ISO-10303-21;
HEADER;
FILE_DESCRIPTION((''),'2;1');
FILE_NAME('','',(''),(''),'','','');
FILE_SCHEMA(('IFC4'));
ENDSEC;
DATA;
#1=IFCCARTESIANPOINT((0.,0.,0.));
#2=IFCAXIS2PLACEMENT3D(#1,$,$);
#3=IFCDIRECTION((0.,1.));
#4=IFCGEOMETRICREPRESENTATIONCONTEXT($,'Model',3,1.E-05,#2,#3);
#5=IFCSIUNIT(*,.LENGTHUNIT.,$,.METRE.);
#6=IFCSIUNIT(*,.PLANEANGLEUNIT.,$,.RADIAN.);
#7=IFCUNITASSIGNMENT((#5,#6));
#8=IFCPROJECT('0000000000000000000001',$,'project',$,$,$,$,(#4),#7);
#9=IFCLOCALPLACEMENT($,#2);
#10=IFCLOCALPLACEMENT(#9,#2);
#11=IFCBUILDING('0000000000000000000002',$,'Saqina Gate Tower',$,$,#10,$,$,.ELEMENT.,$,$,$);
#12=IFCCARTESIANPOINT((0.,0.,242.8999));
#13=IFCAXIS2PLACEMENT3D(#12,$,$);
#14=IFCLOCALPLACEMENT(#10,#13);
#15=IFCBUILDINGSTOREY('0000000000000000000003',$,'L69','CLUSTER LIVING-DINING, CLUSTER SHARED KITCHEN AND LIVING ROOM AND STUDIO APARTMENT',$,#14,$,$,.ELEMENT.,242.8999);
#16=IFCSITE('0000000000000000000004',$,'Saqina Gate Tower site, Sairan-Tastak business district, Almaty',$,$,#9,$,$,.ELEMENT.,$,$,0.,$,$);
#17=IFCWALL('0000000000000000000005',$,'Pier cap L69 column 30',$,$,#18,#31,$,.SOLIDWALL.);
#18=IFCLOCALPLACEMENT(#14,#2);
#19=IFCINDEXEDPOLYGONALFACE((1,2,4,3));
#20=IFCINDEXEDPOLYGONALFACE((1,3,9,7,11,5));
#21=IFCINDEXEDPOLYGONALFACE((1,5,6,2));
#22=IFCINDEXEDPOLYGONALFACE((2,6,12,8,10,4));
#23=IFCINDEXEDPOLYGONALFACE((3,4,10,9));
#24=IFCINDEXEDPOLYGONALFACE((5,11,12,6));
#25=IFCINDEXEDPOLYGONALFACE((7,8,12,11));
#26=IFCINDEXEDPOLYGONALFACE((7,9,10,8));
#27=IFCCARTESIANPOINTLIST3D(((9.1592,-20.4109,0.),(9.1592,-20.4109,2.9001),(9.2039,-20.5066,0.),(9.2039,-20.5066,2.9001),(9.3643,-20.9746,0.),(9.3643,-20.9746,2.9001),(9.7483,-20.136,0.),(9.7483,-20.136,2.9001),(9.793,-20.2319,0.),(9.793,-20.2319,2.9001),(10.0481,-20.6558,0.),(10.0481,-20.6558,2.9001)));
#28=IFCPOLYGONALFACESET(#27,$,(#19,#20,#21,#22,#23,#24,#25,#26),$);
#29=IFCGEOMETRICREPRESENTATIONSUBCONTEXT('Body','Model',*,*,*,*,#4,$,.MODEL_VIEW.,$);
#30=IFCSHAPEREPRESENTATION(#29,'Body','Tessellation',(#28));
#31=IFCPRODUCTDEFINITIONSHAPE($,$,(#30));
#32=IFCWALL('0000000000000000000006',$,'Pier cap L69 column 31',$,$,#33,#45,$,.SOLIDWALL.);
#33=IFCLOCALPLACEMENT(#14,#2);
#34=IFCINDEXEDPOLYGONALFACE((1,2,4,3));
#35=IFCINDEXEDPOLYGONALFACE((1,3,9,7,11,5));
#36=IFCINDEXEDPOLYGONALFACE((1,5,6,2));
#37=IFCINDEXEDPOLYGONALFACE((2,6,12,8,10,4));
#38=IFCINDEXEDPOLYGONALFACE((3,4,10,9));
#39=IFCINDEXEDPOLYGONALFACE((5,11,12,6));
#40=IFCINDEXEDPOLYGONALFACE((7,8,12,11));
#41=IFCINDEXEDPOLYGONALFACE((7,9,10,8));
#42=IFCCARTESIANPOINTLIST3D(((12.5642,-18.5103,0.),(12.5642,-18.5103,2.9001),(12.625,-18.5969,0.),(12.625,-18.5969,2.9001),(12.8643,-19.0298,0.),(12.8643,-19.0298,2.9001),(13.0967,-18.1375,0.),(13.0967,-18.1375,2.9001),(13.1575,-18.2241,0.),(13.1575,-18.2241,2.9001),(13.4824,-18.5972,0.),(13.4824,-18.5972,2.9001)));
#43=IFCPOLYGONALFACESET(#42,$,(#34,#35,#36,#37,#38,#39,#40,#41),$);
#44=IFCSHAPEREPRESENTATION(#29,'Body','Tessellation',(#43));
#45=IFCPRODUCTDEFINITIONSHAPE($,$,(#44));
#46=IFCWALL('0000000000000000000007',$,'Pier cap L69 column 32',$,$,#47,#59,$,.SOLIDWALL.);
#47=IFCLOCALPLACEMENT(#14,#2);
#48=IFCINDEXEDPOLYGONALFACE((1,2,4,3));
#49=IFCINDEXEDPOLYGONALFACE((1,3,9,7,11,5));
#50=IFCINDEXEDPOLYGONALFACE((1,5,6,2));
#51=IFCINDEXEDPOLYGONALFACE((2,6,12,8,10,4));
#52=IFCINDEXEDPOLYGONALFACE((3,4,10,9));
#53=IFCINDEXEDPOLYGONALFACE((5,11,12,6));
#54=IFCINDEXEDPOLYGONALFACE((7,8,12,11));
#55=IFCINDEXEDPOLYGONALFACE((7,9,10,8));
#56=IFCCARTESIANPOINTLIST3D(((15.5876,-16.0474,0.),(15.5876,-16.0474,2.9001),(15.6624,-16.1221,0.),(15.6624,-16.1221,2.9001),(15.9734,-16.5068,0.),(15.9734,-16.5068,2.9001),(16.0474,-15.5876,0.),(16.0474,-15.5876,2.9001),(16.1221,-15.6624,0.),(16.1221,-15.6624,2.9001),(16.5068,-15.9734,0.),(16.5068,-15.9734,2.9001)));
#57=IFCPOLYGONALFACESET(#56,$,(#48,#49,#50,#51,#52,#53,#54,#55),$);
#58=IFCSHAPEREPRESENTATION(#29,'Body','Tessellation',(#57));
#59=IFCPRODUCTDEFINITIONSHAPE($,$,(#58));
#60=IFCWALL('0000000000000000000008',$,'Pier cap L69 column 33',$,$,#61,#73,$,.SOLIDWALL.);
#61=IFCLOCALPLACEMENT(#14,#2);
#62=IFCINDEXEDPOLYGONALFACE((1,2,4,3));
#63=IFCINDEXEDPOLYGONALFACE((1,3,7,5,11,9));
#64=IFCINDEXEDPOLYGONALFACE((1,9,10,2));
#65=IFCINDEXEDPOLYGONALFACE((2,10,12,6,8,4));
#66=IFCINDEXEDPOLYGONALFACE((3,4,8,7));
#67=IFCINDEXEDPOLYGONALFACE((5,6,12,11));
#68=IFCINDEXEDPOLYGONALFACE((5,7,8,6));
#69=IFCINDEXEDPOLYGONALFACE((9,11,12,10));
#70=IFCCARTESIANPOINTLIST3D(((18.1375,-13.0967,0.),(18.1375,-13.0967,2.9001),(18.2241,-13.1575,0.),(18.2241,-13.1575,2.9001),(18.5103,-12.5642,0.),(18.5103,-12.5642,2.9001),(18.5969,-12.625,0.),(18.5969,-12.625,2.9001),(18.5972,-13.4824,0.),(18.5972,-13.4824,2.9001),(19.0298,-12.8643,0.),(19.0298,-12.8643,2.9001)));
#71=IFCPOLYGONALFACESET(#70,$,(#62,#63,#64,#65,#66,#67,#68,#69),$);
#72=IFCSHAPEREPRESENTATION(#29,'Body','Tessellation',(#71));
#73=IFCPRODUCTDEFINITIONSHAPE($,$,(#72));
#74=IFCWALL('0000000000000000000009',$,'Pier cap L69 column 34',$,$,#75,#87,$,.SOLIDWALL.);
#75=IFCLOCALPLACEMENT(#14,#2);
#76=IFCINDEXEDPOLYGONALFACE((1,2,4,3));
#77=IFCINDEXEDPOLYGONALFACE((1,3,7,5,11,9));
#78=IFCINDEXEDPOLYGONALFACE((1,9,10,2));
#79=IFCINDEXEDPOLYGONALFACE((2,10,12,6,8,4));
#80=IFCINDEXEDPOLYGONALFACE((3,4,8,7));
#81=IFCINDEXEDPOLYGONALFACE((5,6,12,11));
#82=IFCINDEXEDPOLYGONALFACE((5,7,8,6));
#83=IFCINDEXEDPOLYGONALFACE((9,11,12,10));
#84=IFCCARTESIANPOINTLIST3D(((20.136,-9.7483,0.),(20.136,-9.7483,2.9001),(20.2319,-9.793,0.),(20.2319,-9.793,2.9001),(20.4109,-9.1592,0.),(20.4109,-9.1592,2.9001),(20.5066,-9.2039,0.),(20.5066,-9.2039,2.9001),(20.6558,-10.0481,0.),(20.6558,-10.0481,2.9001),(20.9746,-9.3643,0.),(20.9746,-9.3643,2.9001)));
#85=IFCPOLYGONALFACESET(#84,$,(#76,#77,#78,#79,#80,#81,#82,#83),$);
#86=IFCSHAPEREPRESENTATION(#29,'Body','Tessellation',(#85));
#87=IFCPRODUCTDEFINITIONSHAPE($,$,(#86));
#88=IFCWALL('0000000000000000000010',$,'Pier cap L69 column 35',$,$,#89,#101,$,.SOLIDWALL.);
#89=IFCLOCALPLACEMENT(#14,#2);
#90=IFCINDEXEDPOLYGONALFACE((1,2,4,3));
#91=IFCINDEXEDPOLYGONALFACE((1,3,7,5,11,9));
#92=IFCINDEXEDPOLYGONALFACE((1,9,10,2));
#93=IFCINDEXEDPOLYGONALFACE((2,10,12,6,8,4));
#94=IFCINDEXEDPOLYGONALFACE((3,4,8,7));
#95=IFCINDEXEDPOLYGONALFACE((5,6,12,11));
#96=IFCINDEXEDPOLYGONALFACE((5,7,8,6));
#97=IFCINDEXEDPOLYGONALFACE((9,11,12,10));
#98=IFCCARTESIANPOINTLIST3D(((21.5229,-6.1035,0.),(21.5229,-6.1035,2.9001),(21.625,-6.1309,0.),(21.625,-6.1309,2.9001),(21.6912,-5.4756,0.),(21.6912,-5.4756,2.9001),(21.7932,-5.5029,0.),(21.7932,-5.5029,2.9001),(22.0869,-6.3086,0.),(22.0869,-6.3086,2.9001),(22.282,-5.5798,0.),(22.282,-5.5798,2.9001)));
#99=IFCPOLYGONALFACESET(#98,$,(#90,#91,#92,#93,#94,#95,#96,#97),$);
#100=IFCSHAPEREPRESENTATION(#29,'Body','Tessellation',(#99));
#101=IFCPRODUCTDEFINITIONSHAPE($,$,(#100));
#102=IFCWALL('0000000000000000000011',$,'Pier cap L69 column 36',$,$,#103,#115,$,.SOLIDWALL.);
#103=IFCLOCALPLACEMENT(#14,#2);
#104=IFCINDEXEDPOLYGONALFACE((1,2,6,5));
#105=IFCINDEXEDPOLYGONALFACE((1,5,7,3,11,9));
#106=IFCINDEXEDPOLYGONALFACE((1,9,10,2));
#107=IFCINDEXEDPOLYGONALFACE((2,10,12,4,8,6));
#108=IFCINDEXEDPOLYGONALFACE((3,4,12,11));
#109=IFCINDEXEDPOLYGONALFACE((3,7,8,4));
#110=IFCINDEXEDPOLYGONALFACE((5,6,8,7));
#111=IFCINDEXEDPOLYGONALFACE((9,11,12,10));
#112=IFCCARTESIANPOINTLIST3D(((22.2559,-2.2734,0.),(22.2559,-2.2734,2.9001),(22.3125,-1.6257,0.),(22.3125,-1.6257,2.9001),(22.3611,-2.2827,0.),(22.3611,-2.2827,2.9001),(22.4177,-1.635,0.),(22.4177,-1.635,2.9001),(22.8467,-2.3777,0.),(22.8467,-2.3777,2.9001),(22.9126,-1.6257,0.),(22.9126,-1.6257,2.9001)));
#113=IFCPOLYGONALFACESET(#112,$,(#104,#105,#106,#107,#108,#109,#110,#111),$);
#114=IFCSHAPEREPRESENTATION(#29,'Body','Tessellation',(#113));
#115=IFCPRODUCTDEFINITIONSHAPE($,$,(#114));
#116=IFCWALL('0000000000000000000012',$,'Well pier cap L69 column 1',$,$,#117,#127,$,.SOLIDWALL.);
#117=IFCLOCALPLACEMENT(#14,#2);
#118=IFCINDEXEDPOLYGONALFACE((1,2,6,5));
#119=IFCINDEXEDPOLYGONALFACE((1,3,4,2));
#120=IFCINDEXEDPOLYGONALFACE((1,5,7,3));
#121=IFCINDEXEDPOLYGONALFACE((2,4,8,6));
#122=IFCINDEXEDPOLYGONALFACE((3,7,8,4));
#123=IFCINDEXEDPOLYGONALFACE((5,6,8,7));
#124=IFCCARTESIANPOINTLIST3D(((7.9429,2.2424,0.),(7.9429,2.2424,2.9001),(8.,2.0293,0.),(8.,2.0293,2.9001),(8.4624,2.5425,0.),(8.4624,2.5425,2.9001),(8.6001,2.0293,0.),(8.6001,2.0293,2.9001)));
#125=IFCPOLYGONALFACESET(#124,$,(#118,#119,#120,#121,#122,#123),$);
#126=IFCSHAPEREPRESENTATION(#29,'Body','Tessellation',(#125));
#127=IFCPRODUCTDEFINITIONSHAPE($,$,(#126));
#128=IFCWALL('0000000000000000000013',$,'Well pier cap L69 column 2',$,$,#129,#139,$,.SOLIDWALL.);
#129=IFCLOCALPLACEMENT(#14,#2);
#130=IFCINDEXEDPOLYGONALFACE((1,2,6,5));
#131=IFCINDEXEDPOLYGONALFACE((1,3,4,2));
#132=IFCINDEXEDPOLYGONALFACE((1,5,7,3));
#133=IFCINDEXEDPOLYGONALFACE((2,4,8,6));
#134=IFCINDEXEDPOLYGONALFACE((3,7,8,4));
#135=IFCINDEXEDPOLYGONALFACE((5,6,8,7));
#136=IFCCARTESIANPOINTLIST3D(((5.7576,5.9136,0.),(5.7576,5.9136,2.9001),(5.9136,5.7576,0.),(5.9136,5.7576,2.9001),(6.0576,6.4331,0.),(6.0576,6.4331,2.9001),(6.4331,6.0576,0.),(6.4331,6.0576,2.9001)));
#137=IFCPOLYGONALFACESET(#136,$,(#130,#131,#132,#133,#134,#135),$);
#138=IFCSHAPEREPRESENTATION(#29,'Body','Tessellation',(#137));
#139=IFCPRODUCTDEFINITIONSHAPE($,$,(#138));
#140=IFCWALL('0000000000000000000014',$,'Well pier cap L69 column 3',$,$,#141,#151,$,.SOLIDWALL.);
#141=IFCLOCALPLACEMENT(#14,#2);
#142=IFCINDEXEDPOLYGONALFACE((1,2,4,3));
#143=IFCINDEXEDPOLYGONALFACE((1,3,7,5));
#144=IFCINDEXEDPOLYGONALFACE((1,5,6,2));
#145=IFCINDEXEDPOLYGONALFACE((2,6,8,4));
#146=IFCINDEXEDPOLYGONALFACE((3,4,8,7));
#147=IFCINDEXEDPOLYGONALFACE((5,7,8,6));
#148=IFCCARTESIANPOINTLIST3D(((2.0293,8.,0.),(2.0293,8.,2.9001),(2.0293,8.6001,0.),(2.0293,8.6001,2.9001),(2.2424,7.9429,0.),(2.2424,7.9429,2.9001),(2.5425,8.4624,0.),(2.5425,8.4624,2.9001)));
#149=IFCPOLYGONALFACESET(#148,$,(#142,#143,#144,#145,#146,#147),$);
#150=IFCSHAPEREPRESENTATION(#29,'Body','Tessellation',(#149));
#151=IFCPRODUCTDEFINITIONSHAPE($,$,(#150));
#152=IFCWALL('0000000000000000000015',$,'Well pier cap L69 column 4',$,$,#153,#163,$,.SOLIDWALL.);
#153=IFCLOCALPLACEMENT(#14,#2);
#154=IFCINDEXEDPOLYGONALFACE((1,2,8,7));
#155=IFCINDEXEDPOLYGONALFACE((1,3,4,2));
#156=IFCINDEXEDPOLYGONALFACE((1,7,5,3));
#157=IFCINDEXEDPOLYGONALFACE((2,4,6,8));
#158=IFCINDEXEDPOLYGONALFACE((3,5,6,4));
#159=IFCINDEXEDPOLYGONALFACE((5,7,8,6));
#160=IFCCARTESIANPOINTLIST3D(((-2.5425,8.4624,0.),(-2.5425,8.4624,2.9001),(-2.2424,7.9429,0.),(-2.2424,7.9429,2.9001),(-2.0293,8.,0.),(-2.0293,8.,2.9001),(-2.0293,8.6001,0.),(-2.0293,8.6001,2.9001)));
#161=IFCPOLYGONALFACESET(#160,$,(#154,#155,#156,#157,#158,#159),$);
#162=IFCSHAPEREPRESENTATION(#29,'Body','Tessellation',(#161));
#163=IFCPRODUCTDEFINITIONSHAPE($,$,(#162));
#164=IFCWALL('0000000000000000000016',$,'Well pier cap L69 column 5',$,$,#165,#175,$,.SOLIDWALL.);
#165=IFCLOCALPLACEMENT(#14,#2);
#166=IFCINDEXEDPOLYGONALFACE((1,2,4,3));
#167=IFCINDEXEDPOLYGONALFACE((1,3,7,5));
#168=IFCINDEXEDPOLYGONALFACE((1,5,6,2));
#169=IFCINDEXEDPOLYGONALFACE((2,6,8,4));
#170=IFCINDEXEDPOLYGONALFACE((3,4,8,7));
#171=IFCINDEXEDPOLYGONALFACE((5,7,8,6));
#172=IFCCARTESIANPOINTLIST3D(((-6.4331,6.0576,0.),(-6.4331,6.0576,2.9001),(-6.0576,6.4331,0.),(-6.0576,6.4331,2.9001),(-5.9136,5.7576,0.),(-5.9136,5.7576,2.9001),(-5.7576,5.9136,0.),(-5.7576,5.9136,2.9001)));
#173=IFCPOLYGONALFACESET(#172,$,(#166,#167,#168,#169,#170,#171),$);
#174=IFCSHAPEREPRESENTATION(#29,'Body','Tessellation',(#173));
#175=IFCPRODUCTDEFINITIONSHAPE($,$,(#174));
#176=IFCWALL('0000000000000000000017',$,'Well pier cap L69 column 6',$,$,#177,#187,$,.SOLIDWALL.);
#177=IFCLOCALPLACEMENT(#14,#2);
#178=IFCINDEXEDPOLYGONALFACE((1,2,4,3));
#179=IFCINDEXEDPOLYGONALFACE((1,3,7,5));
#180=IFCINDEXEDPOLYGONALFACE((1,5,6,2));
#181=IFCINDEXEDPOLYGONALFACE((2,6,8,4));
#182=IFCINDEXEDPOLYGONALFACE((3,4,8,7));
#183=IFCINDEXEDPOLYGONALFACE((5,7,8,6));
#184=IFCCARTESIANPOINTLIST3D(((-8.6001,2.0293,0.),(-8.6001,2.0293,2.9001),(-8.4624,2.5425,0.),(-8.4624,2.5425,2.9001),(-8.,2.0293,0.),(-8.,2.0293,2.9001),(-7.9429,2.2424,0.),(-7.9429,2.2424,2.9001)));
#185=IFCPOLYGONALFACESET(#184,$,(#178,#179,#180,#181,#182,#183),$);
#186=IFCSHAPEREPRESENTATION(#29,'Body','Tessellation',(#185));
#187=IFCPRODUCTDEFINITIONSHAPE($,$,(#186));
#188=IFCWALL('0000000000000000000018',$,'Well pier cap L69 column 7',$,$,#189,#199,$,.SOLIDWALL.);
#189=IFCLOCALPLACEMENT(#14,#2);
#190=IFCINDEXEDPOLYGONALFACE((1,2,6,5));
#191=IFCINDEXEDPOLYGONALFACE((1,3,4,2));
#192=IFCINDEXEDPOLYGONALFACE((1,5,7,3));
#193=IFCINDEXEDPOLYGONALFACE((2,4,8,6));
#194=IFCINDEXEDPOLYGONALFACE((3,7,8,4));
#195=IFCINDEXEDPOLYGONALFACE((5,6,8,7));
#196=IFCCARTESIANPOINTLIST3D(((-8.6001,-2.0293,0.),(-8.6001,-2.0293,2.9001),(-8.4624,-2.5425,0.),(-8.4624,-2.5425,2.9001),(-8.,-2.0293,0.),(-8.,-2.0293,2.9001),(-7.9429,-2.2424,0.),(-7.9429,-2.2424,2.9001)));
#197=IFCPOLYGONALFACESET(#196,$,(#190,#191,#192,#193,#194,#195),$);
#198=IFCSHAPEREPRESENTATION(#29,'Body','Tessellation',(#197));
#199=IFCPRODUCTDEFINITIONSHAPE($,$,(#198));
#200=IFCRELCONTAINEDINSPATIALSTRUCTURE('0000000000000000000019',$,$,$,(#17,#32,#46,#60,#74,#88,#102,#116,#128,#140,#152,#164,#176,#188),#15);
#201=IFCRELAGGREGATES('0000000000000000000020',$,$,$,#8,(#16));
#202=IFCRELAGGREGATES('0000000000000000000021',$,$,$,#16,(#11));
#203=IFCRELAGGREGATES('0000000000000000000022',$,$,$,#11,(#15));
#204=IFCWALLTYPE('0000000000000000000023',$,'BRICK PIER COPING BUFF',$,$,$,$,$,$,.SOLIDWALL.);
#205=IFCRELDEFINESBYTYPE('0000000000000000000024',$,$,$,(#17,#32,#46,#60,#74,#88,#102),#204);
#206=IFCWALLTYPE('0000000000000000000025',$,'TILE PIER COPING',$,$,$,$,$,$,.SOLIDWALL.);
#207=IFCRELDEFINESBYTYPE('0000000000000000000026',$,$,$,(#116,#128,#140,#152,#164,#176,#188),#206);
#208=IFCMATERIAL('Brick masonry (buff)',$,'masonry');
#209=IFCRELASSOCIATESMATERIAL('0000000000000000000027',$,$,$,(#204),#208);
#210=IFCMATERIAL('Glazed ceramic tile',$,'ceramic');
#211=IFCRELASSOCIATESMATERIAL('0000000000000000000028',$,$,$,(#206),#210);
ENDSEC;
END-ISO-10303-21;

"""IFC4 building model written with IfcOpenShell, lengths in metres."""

from ifc_helpers import new_model, si_unit, direction, frame, origin, place, context, subcontext, project, spatial, polyline, outline, extrude, material, type_object, element, save


model = new_model("IFC4")

# Units and contexts
model_context = context("Model", 3, precision=1e-05, world=origin(), true_north=direction((0.0, 1.0)))
body_context = subcontext(model_context, "Body", "Model", "MODEL_VIEW")
ifc_project = project(units=[si_unit("LENGTHUNIT", "METRE"), si_unit("PLANEANGLEUNIT", "RADIAN")], contexts=[model_context])

# Site, building, storey
site_placement = place(None, origin())
site = spatial("IfcSite", under=ifc_project, at=site_placement, Name="Saqina Gate Tower site, Sairan-Tastak business district, Almaty", CompositionType="ELEMENT", RefElevation=0.0)
building_placement = place(site_placement, origin())
building = spatial("IfcBuilding", under=site, at=building_placement, Name="Saqina Gate Tower", CompositionType="ELEMENT")
storey_placement = place(building_placement, frame((0.0, 0.0, 242.8999)))
storey = spatial("IfcBuildingStorey", under=building, at=storey_placement, Name="L69", Description="CLUSTER LIVING-DINING, CLUSTER SHARED KITCHEN AND LIVING ROOM AND STUDIO APARTMENT", CompositionType="ELEMENT", Elevation=242.8999)

# Walls
ifc_material_1 = material(Name="Brick masonry (buff)", Category="masonry")
wall_type_1 = type_object("IfcWallType", Name="BRICK PIER COPING BUFF", PredefinedType="SOLIDWALL", material=ifc_material_1)
wall_1_placement = place(storey_placement, origin())
element("IfcWall", 1, at=wall_1_placement, inside=storey, type_object=wall_type_1, Name="Pier cap L69 column 30", PredefinedType="SOLIDWALL", context=body_context, shape_type="SweptSolid", body=[
    extrude(outline(polyline([(9.3643, -20.9746), (10.0481, -20.6558), (9.7483, -20.136), (9.793, -20.2319), (9.2039, -20.5066), (9.1592, -20.4109), (9.3643, -20.9746)])), origin(), (0.0, 0.0, 1.0), 2.9001),
])
wall_2_placement = place(storey_placement, origin())
element("IfcWall", 2, at=wall_2_placement, inside=storey, type_object=wall_type_1, Name="Pier cap L69 column 31", PredefinedType="SOLIDWALL", context=body_context, shape_type="SweptSolid", body=[
    extrude(outline(polyline([(12.8643, -19.0298), (13.4824, -18.5972), (13.0967, -18.1375), (13.1575, -18.2241), (12.625, -18.5969), (12.5642, -18.5103), (12.8643, -19.0298)])), origin(), (0.0, 0.0, 1.0), 2.9001),
])
wall_3_placement = place(storey_placement, origin())
element("IfcWall", 3, at=wall_3_placement, inside=storey, type_object=wall_type_1, Name="Pier cap L69 column 32", PredefinedType="SOLIDWALL", context=body_context, shape_type="SweptSolid", body=[
    extrude(outline(polyline([(16.5068, -15.9734), (16.0474, -15.5876), (16.1221, -15.6624), (15.6624, -16.1221), (15.5876, -16.0474), (15.9734, -16.5068), (16.5068, -15.9734)])), origin(), (0.0, 0.0, 1.0), 2.9001),
])
wall_4_placement = place(storey_placement, origin())
element("IfcWall", 4, at=wall_4_placement, inside=storey, type_object=wall_type_1, Name="Pier cap L69 column 33", PredefinedType="SOLIDWALL", context=body_context, shape_type="SweptSolid", body=[
    extrude(outline(polyline([(19.0298, -12.8643), (18.5103, -12.5642), (18.5969, -12.625), (18.2241, -13.1575), (18.1375, -13.0967), (18.5972, -13.4824), (19.0298, -12.8643)])), origin(), (0.0, 0.0, 1.0), 2.9001),
])
wall_5_placement = place(storey_placement, origin())
element("IfcWall", 5, at=wall_5_placement, inside=storey, type_object=wall_type_1, Name="Pier cap L69 column 34", PredefinedType="SOLIDWALL", context=body_context, shape_type="SweptSolid", body=[
    extrude(outline(polyline([(20.6558, -10.0481), (20.9746, -9.3643), (20.4109, -9.1592), (20.5066, -9.2039), (20.2319, -9.793), (20.136, -9.7483), (20.6558, -10.0481)])), origin(), (0.0, 0.0, 1.0), 2.9001),
])
wall_6_placement = place(storey_placement, origin())
element("IfcWall", 6, at=wall_6_placement, inside=storey, type_object=wall_type_1, Name="Pier cap L69 column 35", PredefinedType="SOLIDWALL", context=body_context, shape_type="SweptSolid", body=[
    extrude(outline(polyline([(22.282, -5.5798), (21.6912, -5.4756), (21.7932, -5.5029), (21.625, -6.1309), (21.5229, -6.1035), (22.0869, -6.3086), (22.282, -5.5798)])), origin(), (0.0, 0.0, 1.0), 2.9001),
])
wall_7_placement = place(storey_placement, origin())
element("IfcWall", 7, at=wall_7_placement, inside=storey, type_object=wall_type_1, Name="Pier cap L69 column 36", PredefinedType="SOLIDWALL", context=body_context, shape_type="SweptSolid", body=[
    extrude(outline(polyline([(22.8467, -2.3777), (22.9126, -1.6257), (22.3125, -1.6257), (22.4177, -1.635), (22.3611, -2.2827), (22.2559, -2.2734), (22.8467, -2.3777)])), origin(), (0.0, 0.0, 1.0), 2.9001),
])
ifc_material_2 = material(Name="Glazed ceramic tile", Category="ceramic")
wall_type_2 = type_object("IfcWallType", Name="TILE PIER COPING", PredefinedType="SOLIDWALL", material=ifc_material_2)
wall_8_placement = place(storey_placement, origin())
element("IfcWall", 8, at=wall_8_placement, inside=storey, type_object=wall_type_2, Name="Well pier cap L69 column 1", PredefinedType="SOLIDWALL", context=body_context, shape_type="SweptSolid", body=[
    extrude(outline(polyline([(8.4624, 2.5425), (7.9429, 2.2424), (8.0, 2.0293), (8.6001, 2.0293), (8.4624, 2.5425)])), origin(), (0.0, 0.0, 1.0), 2.9001),
])
wall_9_placement = place(storey_placement, origin())
element("IfcWall", 9, at=wall_9_placement, inside=storey, type_object=wall_type_2, Name="Well pier cap L69 column 2", PredefinedType="SOLIDWALL", context=body_context, shape_type="SweptSolid", body=[
    extrude(outline(polyline([(6.0576, 6.4331), (5.7576, 5.9136), (5.9136, 5.7576), (6.4331, 6.0576), (6.0576, 6.4331)])), origin(), (0.0, 0.0, 1.0), 2.9001),
])
wall_10_placement = place(storey_placement, origin())
element("IfcWall", 10, at=wall_10_placement, inside=storey, type_object=wall_type_2, Name="Well pier cap L69 column 3", PredefinedType="SOLIDWALL", context=body_context, shape_type="SweptSolid", body=[
    extrude(outline(polyline([(2.0293, 8.6001), (2.0293, 8.0), (2.2424, 7.9429), (2.5425, 8.4624), (2.0293, 8.6001)])), origin(), (0.0, 0.0, 1.0), 2.9001),
])
wall_11_placement = place(storey_placement, origin())
element("IfcWall", 11, at=wall_11_placement, inside=storey, type_object=wall_type_2, Name="Well pier cap L69 column 4", PredefinedType="SOLIDWALL", context=body_context, shape_type="SweptSolid", body=[
    extrude(outline(polyline([(-2.5425, 8.4624), (-2.2424, 7.9429), (-2.0293, 8.0), (-2.0293, 8.6001), (-2.5425, 8.4624)])), origin(), (0.0, 0.0, 1.0), 2.9001),
])
wall_12_placement = place(storey_placement, origin())
element("IfcWall", 12, at=wall_12_placement, inside=storey, type_object=wall_type_2, Name="Well pier cap L69 column 5", PredefinedType="SOLIDWALL", context=body_context, shape_type="SweptSolid", body=[
    extrude(outline(polyline([(-6.4331, 6.0576), (-5.9136, 5.7576), (-5.7576, 5.9136), (-6.0576, 6.4331), (-6.4331, 6.0576)])), origin(), (0.0, 0.0, 1.0), 2.9001),
])
wall_13_placement = place(storey_placement, origin())
element("IfcWall", 13, at=wall_13_placement, inside=storey, type_object=wall_type_2, Name="Well pier cap L69 column 6", PredefinedType="SOLIDWALL", context=body_context, shape_type="SweptSolid", body=[
    extrude(outline(polyline([(-8.6001, 2.0293), (-8.0, 2.0293), (-7.9429, 2.2424), (-8.4624, 2.5425), (-8.6001, 2.0293)])), origin(), (0.0, 0.0, 1.0), 2.9001),
])
wall_14_placement = place(storey_placement, origin())
element("IfcWall", 14, at=wall_14_placement, inside=storey, type_object=wall_type_2, Name="Well pier cap L69 column 7", PredefinedType="SOLIDWALL", context=body_context, shape_type="SweptSolid", body=[
    extrude(outline(polyline([(-8.4624, -2.5425), (-7.9429, -2.2424), (-8.0, -2.0293), (-8.6001, -2.0293), (-8.4624, -2.5425)])), origin(), (0.0, 0.0, 1.0), 2.9001),
])

save(model, "model.ifc")
